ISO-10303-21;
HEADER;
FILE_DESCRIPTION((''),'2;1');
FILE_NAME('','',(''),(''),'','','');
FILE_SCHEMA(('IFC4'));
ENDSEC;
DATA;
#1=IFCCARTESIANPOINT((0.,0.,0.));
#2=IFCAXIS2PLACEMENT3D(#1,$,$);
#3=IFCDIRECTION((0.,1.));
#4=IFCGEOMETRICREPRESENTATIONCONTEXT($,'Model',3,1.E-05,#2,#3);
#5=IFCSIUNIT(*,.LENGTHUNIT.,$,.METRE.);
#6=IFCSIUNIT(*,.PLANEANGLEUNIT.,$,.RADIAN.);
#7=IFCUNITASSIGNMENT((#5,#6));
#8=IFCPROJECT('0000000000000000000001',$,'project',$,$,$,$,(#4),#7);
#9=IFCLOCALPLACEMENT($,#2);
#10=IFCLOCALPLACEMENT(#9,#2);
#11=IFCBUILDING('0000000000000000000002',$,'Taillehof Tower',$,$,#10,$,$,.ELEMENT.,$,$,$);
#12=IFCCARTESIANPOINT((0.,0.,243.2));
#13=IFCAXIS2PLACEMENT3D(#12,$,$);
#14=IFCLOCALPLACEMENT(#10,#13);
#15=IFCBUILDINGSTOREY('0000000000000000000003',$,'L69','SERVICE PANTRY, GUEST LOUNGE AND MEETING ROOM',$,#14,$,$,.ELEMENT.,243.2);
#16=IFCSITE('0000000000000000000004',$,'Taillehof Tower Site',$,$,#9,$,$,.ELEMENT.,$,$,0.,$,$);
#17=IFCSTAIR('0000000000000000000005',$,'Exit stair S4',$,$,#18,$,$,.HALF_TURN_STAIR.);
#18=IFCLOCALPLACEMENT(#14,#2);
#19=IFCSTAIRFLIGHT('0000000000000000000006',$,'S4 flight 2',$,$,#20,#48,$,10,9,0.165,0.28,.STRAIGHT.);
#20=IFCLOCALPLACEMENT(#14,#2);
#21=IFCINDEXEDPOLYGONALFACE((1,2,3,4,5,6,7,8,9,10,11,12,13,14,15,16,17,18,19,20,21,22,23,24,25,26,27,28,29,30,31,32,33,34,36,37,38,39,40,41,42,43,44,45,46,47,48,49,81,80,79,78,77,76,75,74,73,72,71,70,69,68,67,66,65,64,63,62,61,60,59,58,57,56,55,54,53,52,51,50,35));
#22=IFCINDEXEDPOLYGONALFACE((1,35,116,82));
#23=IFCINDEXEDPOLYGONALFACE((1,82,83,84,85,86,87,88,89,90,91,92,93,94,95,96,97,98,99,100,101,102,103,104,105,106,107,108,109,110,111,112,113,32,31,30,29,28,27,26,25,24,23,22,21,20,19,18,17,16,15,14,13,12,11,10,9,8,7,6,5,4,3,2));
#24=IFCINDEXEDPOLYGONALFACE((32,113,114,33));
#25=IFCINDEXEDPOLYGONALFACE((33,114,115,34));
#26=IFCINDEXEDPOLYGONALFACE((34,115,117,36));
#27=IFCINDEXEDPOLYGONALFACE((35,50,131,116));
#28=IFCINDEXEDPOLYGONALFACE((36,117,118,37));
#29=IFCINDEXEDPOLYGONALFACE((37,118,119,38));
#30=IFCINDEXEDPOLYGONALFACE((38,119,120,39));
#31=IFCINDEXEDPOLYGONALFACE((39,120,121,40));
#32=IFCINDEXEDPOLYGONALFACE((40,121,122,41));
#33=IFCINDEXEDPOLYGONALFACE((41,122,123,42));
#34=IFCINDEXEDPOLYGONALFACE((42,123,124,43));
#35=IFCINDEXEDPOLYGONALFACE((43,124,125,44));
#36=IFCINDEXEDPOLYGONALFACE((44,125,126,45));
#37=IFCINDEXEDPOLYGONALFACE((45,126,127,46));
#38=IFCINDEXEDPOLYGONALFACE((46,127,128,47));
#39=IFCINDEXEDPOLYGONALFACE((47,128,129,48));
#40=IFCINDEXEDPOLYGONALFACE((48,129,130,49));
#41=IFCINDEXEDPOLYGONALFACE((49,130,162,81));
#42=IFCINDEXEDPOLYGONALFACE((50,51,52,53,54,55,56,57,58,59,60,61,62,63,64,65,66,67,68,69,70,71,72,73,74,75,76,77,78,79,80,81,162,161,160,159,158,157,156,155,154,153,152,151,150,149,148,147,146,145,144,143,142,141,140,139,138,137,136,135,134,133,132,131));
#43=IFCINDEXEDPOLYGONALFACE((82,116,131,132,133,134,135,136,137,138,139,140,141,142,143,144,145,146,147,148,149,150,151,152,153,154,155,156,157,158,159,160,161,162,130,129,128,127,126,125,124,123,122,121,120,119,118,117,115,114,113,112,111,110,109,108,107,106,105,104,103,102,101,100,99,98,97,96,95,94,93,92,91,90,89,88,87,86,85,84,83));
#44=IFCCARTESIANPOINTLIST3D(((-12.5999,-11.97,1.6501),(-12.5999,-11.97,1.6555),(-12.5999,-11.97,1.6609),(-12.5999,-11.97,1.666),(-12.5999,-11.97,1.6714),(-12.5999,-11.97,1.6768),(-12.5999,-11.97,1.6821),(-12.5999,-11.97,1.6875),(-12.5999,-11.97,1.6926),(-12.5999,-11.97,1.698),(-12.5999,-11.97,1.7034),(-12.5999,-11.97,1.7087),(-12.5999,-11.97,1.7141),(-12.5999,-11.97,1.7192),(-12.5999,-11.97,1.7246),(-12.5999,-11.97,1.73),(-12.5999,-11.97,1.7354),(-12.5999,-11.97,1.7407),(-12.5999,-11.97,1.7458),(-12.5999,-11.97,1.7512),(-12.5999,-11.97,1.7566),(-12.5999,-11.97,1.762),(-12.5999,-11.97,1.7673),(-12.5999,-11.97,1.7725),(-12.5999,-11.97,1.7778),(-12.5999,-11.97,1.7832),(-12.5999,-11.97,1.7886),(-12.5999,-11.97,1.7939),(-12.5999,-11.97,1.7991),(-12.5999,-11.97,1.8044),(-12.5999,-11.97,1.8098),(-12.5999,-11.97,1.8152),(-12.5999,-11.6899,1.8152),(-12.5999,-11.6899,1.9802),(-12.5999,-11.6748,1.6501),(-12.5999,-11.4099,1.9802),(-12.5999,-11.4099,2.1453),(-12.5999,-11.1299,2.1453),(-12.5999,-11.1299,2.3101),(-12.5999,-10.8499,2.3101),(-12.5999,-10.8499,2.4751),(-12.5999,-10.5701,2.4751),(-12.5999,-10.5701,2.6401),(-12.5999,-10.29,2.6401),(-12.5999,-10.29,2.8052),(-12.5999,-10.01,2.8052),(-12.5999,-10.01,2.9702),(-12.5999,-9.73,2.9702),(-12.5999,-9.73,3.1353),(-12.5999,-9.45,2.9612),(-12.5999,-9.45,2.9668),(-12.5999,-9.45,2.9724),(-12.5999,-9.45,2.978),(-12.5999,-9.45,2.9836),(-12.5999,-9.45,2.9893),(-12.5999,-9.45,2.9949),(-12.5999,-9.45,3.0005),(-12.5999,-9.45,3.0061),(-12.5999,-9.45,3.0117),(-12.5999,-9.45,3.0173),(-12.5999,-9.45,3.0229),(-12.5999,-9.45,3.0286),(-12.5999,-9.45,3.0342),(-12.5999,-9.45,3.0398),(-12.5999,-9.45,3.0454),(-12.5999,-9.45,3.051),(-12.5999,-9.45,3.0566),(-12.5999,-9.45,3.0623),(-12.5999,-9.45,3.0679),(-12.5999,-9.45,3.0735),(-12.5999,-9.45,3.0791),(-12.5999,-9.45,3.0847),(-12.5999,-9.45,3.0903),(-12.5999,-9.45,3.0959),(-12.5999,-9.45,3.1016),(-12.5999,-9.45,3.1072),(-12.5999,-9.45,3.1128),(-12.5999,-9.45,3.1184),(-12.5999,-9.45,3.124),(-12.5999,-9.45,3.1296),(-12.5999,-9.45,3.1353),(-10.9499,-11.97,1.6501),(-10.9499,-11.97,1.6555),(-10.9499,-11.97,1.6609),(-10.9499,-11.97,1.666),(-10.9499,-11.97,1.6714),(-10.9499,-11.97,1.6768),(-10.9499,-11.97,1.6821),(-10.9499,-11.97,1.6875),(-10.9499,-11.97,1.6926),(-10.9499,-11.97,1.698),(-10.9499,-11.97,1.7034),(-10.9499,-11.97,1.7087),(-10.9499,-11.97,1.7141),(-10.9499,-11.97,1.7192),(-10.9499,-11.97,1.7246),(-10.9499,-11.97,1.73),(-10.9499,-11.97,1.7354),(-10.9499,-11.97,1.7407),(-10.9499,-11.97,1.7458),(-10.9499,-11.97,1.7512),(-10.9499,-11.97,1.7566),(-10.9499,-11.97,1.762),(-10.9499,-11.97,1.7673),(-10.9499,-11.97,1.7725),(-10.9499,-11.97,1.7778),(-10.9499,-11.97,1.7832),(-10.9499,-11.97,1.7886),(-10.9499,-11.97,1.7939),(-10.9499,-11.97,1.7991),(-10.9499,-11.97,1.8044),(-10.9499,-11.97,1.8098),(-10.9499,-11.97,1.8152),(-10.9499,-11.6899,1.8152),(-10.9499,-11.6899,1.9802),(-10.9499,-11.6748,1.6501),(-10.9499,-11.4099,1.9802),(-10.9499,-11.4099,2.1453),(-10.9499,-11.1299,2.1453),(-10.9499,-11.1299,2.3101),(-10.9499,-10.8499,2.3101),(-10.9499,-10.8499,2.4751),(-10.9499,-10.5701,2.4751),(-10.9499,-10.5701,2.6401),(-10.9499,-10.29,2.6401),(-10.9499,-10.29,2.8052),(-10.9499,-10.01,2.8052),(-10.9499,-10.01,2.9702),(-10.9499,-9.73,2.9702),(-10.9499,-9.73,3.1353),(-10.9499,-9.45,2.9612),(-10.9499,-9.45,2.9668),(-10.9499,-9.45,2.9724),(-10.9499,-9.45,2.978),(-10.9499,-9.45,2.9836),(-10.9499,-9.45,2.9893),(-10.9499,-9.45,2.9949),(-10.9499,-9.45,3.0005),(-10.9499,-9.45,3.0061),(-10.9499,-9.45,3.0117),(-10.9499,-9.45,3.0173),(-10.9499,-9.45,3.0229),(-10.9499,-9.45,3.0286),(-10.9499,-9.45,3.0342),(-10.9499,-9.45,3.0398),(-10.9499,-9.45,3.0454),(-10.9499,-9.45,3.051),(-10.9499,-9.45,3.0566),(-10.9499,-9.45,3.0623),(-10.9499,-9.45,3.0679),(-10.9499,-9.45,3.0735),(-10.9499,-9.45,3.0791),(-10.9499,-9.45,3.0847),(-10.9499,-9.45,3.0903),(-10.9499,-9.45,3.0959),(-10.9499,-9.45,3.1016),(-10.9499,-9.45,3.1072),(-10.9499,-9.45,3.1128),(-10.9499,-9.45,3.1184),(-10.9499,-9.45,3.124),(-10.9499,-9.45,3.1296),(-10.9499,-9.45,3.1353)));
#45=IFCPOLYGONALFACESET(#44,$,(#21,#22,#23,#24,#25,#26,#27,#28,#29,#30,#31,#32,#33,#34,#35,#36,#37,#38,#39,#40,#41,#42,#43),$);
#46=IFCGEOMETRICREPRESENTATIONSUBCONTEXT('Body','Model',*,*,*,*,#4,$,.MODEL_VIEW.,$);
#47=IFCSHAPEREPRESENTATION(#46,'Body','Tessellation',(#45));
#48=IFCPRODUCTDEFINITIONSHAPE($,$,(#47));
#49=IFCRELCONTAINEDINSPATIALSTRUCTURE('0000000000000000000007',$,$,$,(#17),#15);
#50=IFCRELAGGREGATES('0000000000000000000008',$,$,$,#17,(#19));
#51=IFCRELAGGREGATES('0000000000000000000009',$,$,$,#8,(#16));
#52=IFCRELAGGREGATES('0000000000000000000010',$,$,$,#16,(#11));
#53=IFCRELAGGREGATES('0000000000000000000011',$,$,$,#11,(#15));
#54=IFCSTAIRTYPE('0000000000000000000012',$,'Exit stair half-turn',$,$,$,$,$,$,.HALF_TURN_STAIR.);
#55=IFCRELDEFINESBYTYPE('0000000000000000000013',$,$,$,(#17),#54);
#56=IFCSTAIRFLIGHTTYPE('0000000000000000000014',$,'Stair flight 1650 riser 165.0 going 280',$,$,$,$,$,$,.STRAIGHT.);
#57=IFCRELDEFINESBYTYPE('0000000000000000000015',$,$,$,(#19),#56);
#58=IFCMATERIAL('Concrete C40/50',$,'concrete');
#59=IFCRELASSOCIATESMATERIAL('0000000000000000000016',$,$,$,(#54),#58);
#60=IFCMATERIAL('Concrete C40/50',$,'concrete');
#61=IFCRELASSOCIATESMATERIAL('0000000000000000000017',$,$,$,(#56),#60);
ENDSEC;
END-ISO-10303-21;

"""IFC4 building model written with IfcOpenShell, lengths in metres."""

from ifc_helpers import new_model, si_unit, direction, frame, origin, place, context, subcontext, project, spatial, polyline, outline, extrude, material, type_object, element, aggregate, save


model = new_model("IFC4")

# Units and contexts
model_context = context("Model", 3, precision=1e-05, world=origin(), true_north=direction((0.0, 1.0)))
body_context = subcontext(model_context, "Body", "Model", "MODEL_VIEW")
ifc_project = project(units=[si_unit("LENGTHUNIT", "METRE"), si_unit("PLANEANGLEUNIT", "RADIAN")], contexts=[model_context])

# Site, building, storey
site_placement = place(None, origin())
site = spatial("IfcSite", under=ifc_project, at=site_placement, Name="Taillehof Tower Site", CompositionType="ELEMENT", RefElevation=0.0)
building_placement = place(site_placement, origin())
building = spatial("IfcBuilding", under=site, at=building_placement, Name="Taillehof Tower", CompositionType="ELEMENT")
storey_placement = place(building_placement, frame((0.0, 0.0, 243.2)))
storey = spatial("IfcBuildingStorey", under=building, at=storey_placement, Name="L69", Description="SERVICE PANTRY, GUEST LOUNGE AND MEETING ROOM", CompositionType="ELEMENT", Elevation=243.2)

# Stair, stair flight
ifc_material_1 = material(Name="Concrete C40/50", Category="concrete")
stair_type = type_object("IfcStairType", Name="Exit stair half-turn", PredefinedType="HALF_TURN_STAIR", material=ifc_material_1)
stair_placement = place(storey_placement, origin())
stair = element("IfcStair", 1, at=stair_placement, inside=storey, type_object=stair_type, Name="Exit stair S4", PredefinedType="HALF_TURN_STAIR")
ifc_material_2 = material(Name="Concrete C40/50", Category="concrete")
stair_flight_type = type_object("IfcStairFlightType", Name="Stair flight 1650 riser 165.0 going 280", PredefinedType="STRAIGHT", material=ifc_material_2)
stair_flight_placement = place(storey_placement, frame((-11.7749, -11.97, 1.6501), z_axis=(0.0, 0.0, 1.0), x_axis=(0.0, 1.0, 0.0)))
stair_flight = element("IfcStairFlight", 2, at=stair_flight_placement, type_object=stair_flight_type, Name="S4 flight 2", NumberOfRisers=10, NumberOfTreads=9, PredefinedType="STRAIGHT", RiserHeight=0.165, TreadLength=0.28, context=body_context, shape_type="SweptSolid", body=[
    extrude(outline(polyline([(0.0, 0.0), (0.0, 0.0054), (0.0, 0.0107), (0.0, 0.0159), (0.0, 0.0212), (0.0, 0.0266), (0.0, 0.032), (0.0, 0.0374), (0.0, 0.0425), (0.0, 0.0479), (0.0, 0.0532), (0.0, 0.0586), (0.0, 0.064), (0.0, 0.0691), (0.0, 0.0745), (0.0, 0.0798), (0.0, 0.0852), (0.0, 0.0906), (0.0, 0.0957), (0.0, 0.1011), (0.0, 0.1064), (0.0, 0.1118), (0.0, 0.1172), (0.0, 0.1223), (0.0, 0.1277), (0.0, 0.1331), (0.0, 0.1384), (0.0, 0.1438), (0.0, 0.1489), (0.0, 0.1543), (0.0, 0.1597), (0.0, 0.165), (0.28, 0.165), (0.28, 0.3301), (0.5601, 0.3301), (0.5601, 0.4951), (0.8401, 0.4951), (0.8401, 0.6599), (1.1201, 0.6599), (1.1201, 0.825), (1.3999, 0.825), (1.3999, 0.99), (1.6799, 0.99), (1.6799, 1.155), (1.96, 1.155), (1.96, 1.3201), (2.24, 1.3201), (2.24, 1.4851), (2.52, 1.4851), (2.52, 1.4795), (2.52, 1.4739), (2.52, 1.4683), (2.52, 1.4626), (2.52, 1.457), (2.52, 1.4514), (2.52, 1.4458), (2.52, 1.4402), (2.52, 1.4346), (2.52, 1.429), (2.52, 1.4233), (2.52, 1.4177), (2.52, 1.4121), (2.52, 1.4065), (2.52, 1.4009), (2.52, 1.3953), (2.52, 1.3896), (2.52, 1.384), (2.52, 1.3784), (2.52, 1.3728), (2.52, 1.3672), (2.52, 1.3616), (2.52, 1.356), (2.52, 1.3503), (2.52, 1.3447), (2.52, 1.3391), (2.52, 1.3335), (2.52, 1.3279), (2.52, 1.3223), (2.52, 1.3167), (2.52, 1.311), (0.2952, 0.0), (0.0, 0.0)])), frame((0.0, 0.825, 0.0), z_axis=(0.0, -1.0, 0.0), x_axis=(1.0, 0.0, 0.0)), (0.0, 0.0, 1.0), 1.65),
])
aggregate(stair, [stair_flight])

save(model, "model.ifc")
